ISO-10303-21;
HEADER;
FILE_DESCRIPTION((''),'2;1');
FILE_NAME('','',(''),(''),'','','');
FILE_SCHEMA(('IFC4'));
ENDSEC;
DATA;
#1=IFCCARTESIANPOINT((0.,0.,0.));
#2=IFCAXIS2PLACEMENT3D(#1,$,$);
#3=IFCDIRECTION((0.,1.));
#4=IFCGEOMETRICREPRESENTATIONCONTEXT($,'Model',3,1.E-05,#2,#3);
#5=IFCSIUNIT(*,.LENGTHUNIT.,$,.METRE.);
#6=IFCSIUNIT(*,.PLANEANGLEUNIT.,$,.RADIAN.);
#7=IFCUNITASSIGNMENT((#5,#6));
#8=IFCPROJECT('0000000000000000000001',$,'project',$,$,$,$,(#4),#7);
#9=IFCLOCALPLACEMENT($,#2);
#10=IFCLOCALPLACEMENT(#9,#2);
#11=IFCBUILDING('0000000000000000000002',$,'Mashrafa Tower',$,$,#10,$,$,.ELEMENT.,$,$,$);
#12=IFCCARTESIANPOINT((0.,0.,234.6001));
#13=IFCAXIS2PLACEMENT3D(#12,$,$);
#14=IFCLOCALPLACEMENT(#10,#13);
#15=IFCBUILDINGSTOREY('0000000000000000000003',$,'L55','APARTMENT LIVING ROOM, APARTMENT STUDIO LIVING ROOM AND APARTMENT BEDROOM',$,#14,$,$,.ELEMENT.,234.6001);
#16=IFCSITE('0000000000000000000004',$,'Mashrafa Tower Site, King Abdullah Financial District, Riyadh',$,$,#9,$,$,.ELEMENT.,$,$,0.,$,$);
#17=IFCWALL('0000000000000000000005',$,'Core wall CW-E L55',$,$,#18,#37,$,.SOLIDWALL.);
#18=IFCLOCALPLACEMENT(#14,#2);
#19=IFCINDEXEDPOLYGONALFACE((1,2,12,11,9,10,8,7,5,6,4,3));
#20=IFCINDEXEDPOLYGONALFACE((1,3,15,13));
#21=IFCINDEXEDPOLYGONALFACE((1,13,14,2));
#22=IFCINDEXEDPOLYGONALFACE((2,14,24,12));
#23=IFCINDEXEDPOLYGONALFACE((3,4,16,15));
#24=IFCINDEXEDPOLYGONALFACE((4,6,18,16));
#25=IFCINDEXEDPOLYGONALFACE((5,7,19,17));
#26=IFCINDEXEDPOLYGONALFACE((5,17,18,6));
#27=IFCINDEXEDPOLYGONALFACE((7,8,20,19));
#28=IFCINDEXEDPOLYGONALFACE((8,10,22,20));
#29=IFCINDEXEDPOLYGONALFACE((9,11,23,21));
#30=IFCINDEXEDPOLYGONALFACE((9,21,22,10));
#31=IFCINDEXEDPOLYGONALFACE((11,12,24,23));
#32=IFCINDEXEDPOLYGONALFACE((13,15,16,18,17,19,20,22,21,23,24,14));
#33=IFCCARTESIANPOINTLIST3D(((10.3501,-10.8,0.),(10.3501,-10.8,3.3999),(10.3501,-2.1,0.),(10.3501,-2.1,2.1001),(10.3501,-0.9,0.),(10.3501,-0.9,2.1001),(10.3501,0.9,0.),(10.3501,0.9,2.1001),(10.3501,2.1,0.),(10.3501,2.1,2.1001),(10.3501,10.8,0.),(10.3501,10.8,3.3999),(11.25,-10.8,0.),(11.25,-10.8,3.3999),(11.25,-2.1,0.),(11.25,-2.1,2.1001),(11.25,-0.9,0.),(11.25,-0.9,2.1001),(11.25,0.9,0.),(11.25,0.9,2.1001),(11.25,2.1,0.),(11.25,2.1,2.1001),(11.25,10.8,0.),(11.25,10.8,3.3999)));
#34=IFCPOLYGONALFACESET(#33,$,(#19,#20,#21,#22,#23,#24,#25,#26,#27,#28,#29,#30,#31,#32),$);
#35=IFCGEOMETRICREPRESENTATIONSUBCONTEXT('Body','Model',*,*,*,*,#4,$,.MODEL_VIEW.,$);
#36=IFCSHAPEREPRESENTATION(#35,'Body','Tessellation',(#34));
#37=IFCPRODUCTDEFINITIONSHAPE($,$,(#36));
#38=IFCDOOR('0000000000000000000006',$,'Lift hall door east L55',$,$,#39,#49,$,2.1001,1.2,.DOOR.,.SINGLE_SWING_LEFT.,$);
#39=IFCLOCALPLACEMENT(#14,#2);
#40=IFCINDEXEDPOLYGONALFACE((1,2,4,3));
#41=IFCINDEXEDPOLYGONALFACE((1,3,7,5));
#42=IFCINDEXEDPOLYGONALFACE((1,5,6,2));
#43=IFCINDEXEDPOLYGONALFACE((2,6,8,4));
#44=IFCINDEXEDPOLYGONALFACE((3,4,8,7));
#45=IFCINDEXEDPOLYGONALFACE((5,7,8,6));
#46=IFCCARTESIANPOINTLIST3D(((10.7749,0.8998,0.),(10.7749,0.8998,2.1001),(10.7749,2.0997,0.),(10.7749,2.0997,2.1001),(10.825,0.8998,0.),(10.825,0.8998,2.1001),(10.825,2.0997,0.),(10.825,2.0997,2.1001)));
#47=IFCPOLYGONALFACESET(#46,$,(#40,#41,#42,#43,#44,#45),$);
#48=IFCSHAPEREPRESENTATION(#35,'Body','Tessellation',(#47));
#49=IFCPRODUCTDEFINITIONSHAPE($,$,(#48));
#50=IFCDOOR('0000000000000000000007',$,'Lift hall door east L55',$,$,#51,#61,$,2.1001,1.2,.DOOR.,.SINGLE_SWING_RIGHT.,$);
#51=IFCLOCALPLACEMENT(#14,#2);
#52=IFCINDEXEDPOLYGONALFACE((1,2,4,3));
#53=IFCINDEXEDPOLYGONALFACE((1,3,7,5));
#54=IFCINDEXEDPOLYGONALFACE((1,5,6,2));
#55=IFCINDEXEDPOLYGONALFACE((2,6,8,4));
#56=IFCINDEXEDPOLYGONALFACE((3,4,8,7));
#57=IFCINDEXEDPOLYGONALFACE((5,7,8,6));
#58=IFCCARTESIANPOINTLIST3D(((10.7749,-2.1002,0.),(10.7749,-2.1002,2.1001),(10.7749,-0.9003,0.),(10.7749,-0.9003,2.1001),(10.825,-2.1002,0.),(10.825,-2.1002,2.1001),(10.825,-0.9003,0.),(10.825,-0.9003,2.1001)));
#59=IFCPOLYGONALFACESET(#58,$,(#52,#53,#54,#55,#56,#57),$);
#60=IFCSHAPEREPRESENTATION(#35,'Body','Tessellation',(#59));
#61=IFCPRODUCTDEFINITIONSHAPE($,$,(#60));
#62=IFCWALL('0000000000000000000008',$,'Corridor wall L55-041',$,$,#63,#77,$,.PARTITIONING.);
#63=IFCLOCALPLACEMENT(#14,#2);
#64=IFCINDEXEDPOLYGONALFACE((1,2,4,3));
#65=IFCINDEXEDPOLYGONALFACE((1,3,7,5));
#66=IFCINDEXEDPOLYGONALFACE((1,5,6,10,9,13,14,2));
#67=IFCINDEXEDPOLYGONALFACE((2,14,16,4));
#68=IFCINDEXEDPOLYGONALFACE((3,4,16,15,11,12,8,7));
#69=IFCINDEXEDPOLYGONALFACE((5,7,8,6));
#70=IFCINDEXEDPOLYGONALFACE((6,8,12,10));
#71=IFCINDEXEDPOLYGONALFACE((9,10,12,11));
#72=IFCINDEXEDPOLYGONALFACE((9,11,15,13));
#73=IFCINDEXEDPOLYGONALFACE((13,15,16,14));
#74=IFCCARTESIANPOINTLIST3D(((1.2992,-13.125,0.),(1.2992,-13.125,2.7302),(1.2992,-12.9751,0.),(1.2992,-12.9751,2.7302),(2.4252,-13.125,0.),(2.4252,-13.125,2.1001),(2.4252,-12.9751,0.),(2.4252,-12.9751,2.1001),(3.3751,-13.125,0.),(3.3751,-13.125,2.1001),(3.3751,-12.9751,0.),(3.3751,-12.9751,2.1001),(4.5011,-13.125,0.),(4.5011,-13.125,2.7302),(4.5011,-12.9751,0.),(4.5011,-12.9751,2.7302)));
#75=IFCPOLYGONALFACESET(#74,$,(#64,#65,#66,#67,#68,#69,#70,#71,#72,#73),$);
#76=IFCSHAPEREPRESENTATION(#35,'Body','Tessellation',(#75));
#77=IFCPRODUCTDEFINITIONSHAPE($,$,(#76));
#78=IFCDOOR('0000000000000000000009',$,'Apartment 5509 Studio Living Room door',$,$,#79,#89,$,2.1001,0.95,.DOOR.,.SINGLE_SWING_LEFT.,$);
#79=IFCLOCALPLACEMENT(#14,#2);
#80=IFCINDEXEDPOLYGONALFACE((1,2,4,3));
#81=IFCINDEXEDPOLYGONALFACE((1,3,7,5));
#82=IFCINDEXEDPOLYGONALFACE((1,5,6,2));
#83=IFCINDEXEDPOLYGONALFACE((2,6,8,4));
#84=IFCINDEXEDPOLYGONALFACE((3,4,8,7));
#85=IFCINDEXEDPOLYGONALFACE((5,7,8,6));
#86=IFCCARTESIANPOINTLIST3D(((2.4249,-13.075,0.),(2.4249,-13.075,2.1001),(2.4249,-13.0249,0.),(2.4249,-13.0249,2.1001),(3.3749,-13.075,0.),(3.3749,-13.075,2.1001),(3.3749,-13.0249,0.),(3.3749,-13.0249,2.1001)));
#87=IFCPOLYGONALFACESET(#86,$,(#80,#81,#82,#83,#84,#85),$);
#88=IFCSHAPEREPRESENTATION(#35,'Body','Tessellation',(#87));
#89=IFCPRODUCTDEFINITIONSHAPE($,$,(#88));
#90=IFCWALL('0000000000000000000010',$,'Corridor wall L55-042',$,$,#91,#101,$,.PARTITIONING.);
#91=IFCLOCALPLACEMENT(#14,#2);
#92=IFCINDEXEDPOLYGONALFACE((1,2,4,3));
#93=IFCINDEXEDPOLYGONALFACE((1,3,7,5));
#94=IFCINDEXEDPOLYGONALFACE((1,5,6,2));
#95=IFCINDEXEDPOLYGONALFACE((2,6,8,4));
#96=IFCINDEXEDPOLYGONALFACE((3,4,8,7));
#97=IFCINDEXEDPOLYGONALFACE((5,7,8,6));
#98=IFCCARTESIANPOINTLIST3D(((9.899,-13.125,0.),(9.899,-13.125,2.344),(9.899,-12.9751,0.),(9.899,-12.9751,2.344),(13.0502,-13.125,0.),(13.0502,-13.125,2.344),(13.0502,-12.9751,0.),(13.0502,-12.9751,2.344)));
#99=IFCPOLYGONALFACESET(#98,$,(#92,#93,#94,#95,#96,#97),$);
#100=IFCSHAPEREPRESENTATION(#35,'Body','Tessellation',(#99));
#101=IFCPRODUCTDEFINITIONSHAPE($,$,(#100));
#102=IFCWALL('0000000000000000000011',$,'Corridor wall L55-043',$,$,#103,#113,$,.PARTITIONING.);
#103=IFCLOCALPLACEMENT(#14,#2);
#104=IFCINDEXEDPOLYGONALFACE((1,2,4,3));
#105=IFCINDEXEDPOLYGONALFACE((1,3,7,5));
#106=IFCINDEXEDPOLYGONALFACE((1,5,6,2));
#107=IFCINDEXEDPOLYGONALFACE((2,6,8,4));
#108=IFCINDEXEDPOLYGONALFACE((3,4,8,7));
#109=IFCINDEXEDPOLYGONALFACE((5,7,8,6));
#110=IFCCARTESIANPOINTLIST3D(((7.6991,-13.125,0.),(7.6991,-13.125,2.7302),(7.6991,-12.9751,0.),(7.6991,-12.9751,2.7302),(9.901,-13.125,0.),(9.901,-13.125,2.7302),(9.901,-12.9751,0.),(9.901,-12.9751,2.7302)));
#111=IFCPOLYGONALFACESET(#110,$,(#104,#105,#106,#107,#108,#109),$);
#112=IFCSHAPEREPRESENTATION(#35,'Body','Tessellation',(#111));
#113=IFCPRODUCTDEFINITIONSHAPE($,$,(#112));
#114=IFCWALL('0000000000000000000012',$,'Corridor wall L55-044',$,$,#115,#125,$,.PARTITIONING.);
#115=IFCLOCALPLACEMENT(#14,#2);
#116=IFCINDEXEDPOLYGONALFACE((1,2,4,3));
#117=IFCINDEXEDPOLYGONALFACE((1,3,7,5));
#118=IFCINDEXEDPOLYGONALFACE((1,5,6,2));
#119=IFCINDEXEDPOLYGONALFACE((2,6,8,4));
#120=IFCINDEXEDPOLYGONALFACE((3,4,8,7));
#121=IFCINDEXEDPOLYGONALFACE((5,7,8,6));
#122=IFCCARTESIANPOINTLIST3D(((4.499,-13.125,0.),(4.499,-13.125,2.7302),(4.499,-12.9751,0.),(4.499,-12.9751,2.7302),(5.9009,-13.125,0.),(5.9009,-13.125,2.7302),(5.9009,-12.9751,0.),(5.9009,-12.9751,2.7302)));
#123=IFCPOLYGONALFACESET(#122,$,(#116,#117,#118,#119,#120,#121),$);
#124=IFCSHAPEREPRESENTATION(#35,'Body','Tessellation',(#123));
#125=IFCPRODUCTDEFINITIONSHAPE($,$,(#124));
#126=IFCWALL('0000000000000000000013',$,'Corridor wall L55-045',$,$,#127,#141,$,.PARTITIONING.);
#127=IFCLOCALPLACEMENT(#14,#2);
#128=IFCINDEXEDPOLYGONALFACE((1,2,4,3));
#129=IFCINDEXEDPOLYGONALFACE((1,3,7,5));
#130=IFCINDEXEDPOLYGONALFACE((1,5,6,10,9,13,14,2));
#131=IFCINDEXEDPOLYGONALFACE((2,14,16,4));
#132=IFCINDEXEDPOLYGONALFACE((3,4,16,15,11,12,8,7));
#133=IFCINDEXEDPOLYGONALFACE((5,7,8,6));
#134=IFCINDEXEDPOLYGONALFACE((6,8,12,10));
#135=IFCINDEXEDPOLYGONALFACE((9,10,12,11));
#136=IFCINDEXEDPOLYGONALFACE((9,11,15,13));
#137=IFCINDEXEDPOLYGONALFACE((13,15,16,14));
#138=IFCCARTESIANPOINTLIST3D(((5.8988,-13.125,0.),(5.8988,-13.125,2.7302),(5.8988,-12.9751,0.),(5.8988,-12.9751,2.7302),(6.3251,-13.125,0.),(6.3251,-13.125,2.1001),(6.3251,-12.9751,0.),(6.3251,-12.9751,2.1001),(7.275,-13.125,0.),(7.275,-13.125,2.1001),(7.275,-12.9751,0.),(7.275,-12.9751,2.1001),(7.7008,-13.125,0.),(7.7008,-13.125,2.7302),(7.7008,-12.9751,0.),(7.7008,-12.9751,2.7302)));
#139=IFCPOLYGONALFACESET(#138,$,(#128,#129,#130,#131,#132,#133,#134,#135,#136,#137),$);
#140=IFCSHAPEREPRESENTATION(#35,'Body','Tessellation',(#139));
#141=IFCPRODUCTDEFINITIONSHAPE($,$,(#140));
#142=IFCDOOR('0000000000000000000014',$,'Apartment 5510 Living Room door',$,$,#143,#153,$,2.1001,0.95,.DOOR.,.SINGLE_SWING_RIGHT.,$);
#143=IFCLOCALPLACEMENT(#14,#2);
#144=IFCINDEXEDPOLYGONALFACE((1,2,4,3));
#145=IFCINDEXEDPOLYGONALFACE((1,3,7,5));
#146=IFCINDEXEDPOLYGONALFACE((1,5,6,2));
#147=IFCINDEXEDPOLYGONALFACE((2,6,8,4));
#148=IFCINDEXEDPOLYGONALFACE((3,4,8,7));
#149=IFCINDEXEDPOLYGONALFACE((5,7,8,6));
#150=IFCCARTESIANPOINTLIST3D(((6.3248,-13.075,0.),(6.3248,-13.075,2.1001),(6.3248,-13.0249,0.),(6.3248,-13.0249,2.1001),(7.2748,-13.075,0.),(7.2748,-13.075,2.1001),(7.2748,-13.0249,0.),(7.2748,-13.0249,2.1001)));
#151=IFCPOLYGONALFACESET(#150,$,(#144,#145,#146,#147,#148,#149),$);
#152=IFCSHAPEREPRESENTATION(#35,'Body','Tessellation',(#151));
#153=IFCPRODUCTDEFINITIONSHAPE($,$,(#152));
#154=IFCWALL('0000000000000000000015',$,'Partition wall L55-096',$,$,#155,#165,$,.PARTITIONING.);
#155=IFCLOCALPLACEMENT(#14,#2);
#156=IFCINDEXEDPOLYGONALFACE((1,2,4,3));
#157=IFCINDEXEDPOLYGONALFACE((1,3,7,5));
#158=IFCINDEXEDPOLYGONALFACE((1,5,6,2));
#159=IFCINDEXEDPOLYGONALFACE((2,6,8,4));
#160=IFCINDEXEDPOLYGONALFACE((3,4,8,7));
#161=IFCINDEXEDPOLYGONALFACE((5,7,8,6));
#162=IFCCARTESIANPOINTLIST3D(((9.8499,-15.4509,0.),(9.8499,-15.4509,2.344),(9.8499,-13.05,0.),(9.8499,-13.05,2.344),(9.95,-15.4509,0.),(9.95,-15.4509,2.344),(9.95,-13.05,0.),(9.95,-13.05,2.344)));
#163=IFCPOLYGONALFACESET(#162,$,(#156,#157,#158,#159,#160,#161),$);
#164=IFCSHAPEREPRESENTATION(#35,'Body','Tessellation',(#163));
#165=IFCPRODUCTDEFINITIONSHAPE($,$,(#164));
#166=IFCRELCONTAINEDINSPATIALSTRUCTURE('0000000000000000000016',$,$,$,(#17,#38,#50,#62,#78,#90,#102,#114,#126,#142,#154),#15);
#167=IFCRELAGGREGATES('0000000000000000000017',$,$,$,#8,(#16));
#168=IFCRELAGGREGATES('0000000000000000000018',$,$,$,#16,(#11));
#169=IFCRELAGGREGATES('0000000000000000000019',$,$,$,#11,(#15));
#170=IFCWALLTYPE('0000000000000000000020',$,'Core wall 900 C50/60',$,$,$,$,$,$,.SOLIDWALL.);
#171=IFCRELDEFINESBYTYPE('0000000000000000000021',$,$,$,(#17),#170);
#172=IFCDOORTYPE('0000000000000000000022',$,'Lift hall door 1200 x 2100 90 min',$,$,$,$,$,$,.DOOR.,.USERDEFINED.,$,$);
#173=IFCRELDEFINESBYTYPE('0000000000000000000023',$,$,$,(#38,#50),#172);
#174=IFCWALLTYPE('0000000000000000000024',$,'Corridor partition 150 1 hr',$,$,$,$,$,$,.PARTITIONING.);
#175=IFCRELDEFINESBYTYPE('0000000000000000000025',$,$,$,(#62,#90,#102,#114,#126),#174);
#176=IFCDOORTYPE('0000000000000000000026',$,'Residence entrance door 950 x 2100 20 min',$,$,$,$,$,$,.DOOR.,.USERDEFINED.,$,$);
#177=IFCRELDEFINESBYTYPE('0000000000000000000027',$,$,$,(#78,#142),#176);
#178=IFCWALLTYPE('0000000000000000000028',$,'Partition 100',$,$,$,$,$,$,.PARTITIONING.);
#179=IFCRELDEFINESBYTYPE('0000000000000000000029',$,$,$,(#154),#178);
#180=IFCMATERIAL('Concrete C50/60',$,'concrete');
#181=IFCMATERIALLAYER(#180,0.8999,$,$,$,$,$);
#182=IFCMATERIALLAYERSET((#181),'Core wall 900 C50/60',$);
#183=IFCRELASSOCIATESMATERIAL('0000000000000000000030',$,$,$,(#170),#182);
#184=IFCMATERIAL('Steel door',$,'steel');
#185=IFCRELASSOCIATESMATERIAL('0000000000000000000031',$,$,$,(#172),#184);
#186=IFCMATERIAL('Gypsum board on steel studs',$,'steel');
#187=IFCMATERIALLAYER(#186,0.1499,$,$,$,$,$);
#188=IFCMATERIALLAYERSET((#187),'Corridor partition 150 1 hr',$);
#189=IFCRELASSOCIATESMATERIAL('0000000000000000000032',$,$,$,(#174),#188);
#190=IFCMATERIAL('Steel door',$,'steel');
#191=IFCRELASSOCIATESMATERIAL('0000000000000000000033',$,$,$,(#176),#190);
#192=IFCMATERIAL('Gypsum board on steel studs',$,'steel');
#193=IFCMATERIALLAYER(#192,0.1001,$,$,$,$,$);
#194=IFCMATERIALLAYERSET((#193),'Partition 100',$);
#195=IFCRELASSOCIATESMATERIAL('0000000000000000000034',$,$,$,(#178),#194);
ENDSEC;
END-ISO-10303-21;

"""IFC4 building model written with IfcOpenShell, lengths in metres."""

from ifc_helpers import new_model, si_unit, direction, frame, frame_2d, origin, place, context, subcontext, project, spatial, rectangle, extrude, material, layer, layer_set, type_object, element, fill, save


model = new_model("IFC4")

# Units and contexts
model_context = context("Model", 3, precision=1e-05, world=origin(), true_north=direction((0.0, 1.0)))
body_context = subcontext(model_context, "Body", "Model", "MODEL_VIEW")
ifc_project = project(units=[si_unit("LENGTHUNIT", "METRE"), si_unit("PLANEANGLEUNIT", "RADIAN")], contexts=[model_context])

# Site, building, storey
site_placement = place(None, origin())
site = spatial("IfcSite", under=ifc_project, at=site_placement, Name="Mashrafa Tower Site, King Abdullah Financial District, Riyadh", CompositionType="ELEMENT", RefElevation=0.0)
building_placement = place(site_placement, origin())
building = spatial("IfcBuilding", under=site, at=building_placement, Name="Mashrafa Tower", CompositionType="ELEMENT")
storey_placement = place(building_placement, frame((0.0, 0.0, 234.6001)))
storey = spatial("IfcBuildingStorey", under=building, at=storey_placement, Name="L55", Description="APARTMENT LIVING ROOM, APARTMENT STUDIO LIVING ROOM AND APARTMENT BEDROOM", CompositionType="ELEMENT", Elevation=234.6001)

# Wall, openings, doors
ifc_material_1 = material(Name="Concrete C50/60", Category="concrete")
ifc_layer_1 = layer(ifc_material_1, 0.8999)
ifc_layer_set_1 = layer_set([ifc_layer_1], Name="Core wall 900 C50/60")
wall_type_1 = type_object("IfcWallType", Name="Core wall 900 C50/60", PredefinedType="SOLIDWALL", material=ifc_layer_set_1)
wall_1_placement = place(storey_placement, frame((10.8, -10.8, 0.0), z_axis=(0.0, 0.0, 1.0), x_axis=(0.0, 1.0, 0.0)))
wall_1 = element("IfcWall", 1, at=wall_1_placement, inside=storey, type_object=wall_type_1, Name="Core wall CW-E L55", PredefinedType="SOLIDWALL", context=body_context, shape_type="SweptSolid", body=[
    extrude(rectangle(XDim=21.6001, YDim=0.8999, at=frame_2d((10.8, 0.0))), origin(), (0.0, 0.0, 1.0), 3.3999),
])
opening_1_placement = place(wall_1_placement, frame((11.7, 0.0, 0.0)))
opening_1 = element("IfcOpeningElement", 2, at=opening_1_placement, cuts=wall_1, PredefinedType="OPENING", context=body_context, shape_type="SweptSolid", body=[
    extrude(rectangle(XDim=1.2, YDim=2.1001, at=frame_2d((0.6001, 1.05))), frame((0.0, 0.46, 0.0), z_axis=(0.0, -1.0, 0.0), x_axis=(1.0, 0.0, 0.0)), (0.0, 0.0, 1.0), 0.9199),
])
opening_2_placement = place(wall_1_placement, frame((8.7, 0.0, 0.0)))
opening_2 = element("IfcOpeningElement", 3, at=opening_2_placement, cuts=wall_1, PredefinedType="OPENING", context=body_context, shape_type="SweptSolid", body=[
    extrude(rectangle(XDim=1.2, YDim=2.1001, at=frame_2d((0.6001, 1.05))), frame((0.0, 0.46, 0.0), z_axis=(0.0, -1.0, 0.0), x_axis=(1.0, 0.0, 0.0)), (0.0, 0.0, 1.0), 0.9199),
])
ifc_material_2 = material(Name="Steel door", Category="steel")
door_type_1 = type_object("IfcDoorType", Name="Lift hall door 1200 x 2100 90 min", OperationType="USERDEFINED", PredefinedType="DOOR", material=ifc_material_2)
door_1_placement = place(opening_1_placement, frame((1.2, 0.0, 0.0), z_axis=(0.0, 0.0, 1.0), x_axis=(-1.0, 0.0, 0.0)))
door_1 = element("IfcDoor", 4, at=door_1_placement, inside=storey, type_object=door_type_1, Name="Lift hall door east L55", OperationType="SINGLE_SWING_LEFT", OverallHeight=2.1001, OverallWidth=1.2, PredefinedType="DOOR", context=body_context, shape_type="SweptSolid", body=[
    extrude(rectangle(XDim=1.2, YDim=2.1001, at=frame_2d((0.6001, 1.05))), frame((0.0, 0.0249, 0.0), z_axis=(0.0, -1.0, 0.0), x_axis=(1.0, 0.0, 0.0)), (0.0, 0.0, 1.0), 0.05),
])
fill(opening_1, door_1)
door_2_placement = place(opening_2_placement, frame((1.2, 0.0, 0.0), z_axis=(0.0, 0.0, 1.0), x_axis=(-1.0, 0.0, 0.0)))
door_2 = element("IfcDoor", 5, at=door_2_placement, inside=storey, type_object=door_type_1, Name="Lift hall door east L55", OperationType="SINGLE_SWING_RIGHT", OverallHeight=2.1001, OverallWidth=1.2, PredefinedType="DOOR", context=body_context, shape_type="SweptSolid", body=[
    extrude(rectangle(XDim=1.2, YDim=2.1001, at=frame_2d((0.6001, 1.05))), frame((0.0, 0.0249, 0.0), z_axis=(0.0, -1.0, 0.0), x_axis=(1.0, 0.0, 0.0)), (0.0, 0.0, 1.0), 0.05),
])
fill(opening_2, door_2)

# Wall, opening, door
ifc_material_3 = material(Name="Gypsum board on steel studs", Category="steel")
ifc_layer_2 = layer(ifc_material_3, 0.1499)
ifc_layer_set_2 = layer_set([ifc_layer_2], Name="Corridor partition 150 1 hr")
wall_type_2 = type_object("IfcWallType", Name="Corridor partition 150 1 hr", PredefinedType="PARTITIONING", material=ifc_layer_set_2)
wall_2_placement = place(storey_placement, frame((1.2991, -13.05, 0.0), z_axis=(0.0, 0.0, 1.0), x_axis=(1.0, 0.0, 0.0)))
wall_2 = element("IfcWall", 6, at=wall_2_placement, inside=storey, type_object=wall_type_2, Name="Corridor wall L55-041", PredefinedType="PARTITIONING", context=body_context, shape_type="SweptSolid", body=[
    extrude(rectangle(XDim=3.2019, YDim=0.1499, at=frame_2d((1.6011, 0.0))), origin(), (0.0, 0.0, 1.0), 2.7302),
])
opening_3_placement = place(wall_2_placement, frame((1.126, 0.0, 0.0)))
opening_3 = element("IfcOpeningElement", 7, at=opening_3_placement, cuts=wall_2, PredefinedType="OPENING", context=body_context, shape_type="SweptSolid", body=[
    extrude(rectangle(XDim=0.95, YDim=2.1001, at=frame_2d((0.4751, 1.05))), frame((0.0, 0.085, 0.0), z_axis=(0.0, -1.0, 0.0), x_axis=(1.0, 0.0, 0.0)), (0.0, 0.0, 1.0), 0.1699),
])
ifc_material_4 = material(Name="Steel door", Category="steel")
door_type_2 = type_object("IfcDoorType", Name="Residence entrance door 950 x 2100 20 min", OperationType="USERDEFINED", PredefinedType="DOOR", material=ifc_material_4)
door_3_placement = place(opening_3_placement, frame((0.95, 0.0, 0.0), z_axis=(0.0, 0.0, 1.0), x_axis=(-1.0, 0.0, 0.0)))
door_3 = element("IfcDoor", 8, at=door_3_placement, inside=storey, type_object=door_type_2, Name="Apartment 5509 Studio Living Room door", OperationType="SINGLE_SWING_LEFT", OverallHeight=2.1001, OverallWidth=0.95, PredefinedType="DOOR", context=body_context, shape_type="SweptSolid", body=[
    extrude(rectangle(XDim=0.95, YDim=2.1001, at=frame_2d((0.4751, 1.05))), frame((0.0, 0.0249, 0.0), z_axis=(0.0, -1.0, 0.0), x_axis=(1.0, 0.0, 0.0)), (0.0, 0.0, 1.0), 0.05),
])
fill(opening_3, door_3)

# Walls
wall_3_placement = place(storey_placement, frame((9.8989, -13.05, 0.0), z_axis=(0.0, 0.0, 1.0), x_axis=(1.0, 0.0, 0.0)))
element("IfcWall", 9, at=wall_3_placement, inside=storey, type_object=wall_type_2, Name="Corridor wall L55-042", PredefinedType="PARTITIONING", context=body_context, shape_type="SweptSolid", body=[
    extrude(rectangle(XDim=3.1511, YDim=0.1499, at=frame_2d((1.5757, 0.0))), origin(), (0.0, 0.0, 1.0), 2.344),
])
wall_4_placement = place(storey_placement, frame((7.699, -13.05, 0.0), z_axis=(0.0, 0.0, 1.0), x_axis=(1.0, 0.0, 0.0)))
element("IfcWall", 10, at=wall_4_placement, inside=storey, type_object=wall_type_2, Name="Corridor wall L55-043", PredefinedType="PARTITIONING", context=body_context, shape_type="SweptSolid", body=[
    extrude(rectangle(XDim=2.2019, YDim=0.1499, at=frame_2d((1.1011, 0.0))), origin(), (0.0, 0.0, 1.0), 2.7302),
])
wall_5_placement = place(storey_placement, frame((4.499, -13.05, 0.0), z_axis=(0.0, 0.0, 1.0), x_axis=(1.0, 0.0, 0.0)))
element("IfcWall", 11, at=wall_5_placement, inside=storey, type_object=wall_type_2, Name="Corridor wall L55-044", PredefinedType="PARTITIONING", context=body_context, shape_type="SweptSolid", body=[
    extrude(rectangle(XDim=1.4019, YDim=0.1499, at=frame_2d((0.7009, 0.0))), origin(), (0.0, 0.0, 1.0), 2.7302),
])

# Wall, opening, door
wall_6_placement = place(storey_placement, frame((5.8989, -13.05, 0.0), z_axis=(0.0, 0.0, 1.0), x_axis=(1.0, 0.0, 0.0)))
wall_6 = element("IfcWall", 12, at=wall_6_placement, inside=storey, type_object=wall_type_2, Name="Corridor wall L55-045", PredefinedType="PARTITIONING", context=body_context, shape_type="SweptSolid", body=[
    extrude(rectangle(XDim=1.802, YDim=0.1499, at=frame_2d((0.9009, 0.0))), origin(), (0.0, 0.0, 1.0), 2.7302),
])
opening_4_placement = place(wall_6_placement, frame((0.426, 0.0, 0.0)))
opening_4 = element("IfcOpeningElement", 13, at=opening_4_placement, cuts=wall_6, PredefinedType="OPENING", context=body_context, shape_type="SweptSolid", body=[
    extrude(rectangle(XDim=0.95, YDim=2.1001, at=frame_2d((0.4751, 1.05))), frame((0.0, 0.085, 0.0), z_axis=(0.0, -1.0, 0.0), x_axis=(1.0, 0.0, 0.0)), (0.0, 0.0, 1.0), 0.1699),
])
door_4_placement = place(opening_4_placement, frame((0.95, 0.0, 0.0), z_axis=(0.0, 0.0, 1.0), x_axis=(-1.0, 0.0, 0.0)))
door_4 = element("IfcDoor", 14, at=door_4_placement, inside=storey, type_object=door_type_2, Name="Apartment 5510 Living Room door", OperationType="SINGLE_SWING_RIGHT", OverallHeight=2.1001, OverallWidth=0.95, PredefinedType="DOOR", context=body_context, shape_type="SweptSolid", body=[
    extrude(rectangle(XDim=0.95, YDim=2.1001, at=frame_2d((0.4751, 1.05))), frame((0.0, 0.0249, 0.0), z_axis=(0.0, -1.0, 0.0), x_axis=(1.0, 0.0, 0.0)), (0.0, 0.0, 1.0), 0.05),
])
fill(opening_4, door_4)

# Wall
ifc_material_5 = material(Name="Gypsum board on steel studs", Category="steel")
ifc_layer_3 = layer(ifc_material_5, 0.1001)
ifc_layer_set_3 = layer_set([ifc_layer_3], Name="Partition 100")
wall_type_3 = type_object("IfcWallType", Name="Partition 100", PredefinedType="PARTITIONING", material=ifc_layer_set_3)
wall_7_placement = place(storey_placement, frame((9.8999, -13.05, 0.0), z_axis=(0.0, 0.0, 1.0), x_axis=(0.0, -1.0, 0.0)))
element("IfcWall", 15, at=wall_7_placement, inside=storey, type_object=wall_type_3, Name="Partition wall L55-096", PredefinedType="PARTITIONING", context=body_context, shape_type="SweptSolid", body=[
    extrude(rectangle(XDim=2.4009, YDim=0.1001, at=frame_2d((1.2004, 0.0))), origin(), (0.0, 0.0, 1.0), 2.344),
])

save(model, "model.ifc")
